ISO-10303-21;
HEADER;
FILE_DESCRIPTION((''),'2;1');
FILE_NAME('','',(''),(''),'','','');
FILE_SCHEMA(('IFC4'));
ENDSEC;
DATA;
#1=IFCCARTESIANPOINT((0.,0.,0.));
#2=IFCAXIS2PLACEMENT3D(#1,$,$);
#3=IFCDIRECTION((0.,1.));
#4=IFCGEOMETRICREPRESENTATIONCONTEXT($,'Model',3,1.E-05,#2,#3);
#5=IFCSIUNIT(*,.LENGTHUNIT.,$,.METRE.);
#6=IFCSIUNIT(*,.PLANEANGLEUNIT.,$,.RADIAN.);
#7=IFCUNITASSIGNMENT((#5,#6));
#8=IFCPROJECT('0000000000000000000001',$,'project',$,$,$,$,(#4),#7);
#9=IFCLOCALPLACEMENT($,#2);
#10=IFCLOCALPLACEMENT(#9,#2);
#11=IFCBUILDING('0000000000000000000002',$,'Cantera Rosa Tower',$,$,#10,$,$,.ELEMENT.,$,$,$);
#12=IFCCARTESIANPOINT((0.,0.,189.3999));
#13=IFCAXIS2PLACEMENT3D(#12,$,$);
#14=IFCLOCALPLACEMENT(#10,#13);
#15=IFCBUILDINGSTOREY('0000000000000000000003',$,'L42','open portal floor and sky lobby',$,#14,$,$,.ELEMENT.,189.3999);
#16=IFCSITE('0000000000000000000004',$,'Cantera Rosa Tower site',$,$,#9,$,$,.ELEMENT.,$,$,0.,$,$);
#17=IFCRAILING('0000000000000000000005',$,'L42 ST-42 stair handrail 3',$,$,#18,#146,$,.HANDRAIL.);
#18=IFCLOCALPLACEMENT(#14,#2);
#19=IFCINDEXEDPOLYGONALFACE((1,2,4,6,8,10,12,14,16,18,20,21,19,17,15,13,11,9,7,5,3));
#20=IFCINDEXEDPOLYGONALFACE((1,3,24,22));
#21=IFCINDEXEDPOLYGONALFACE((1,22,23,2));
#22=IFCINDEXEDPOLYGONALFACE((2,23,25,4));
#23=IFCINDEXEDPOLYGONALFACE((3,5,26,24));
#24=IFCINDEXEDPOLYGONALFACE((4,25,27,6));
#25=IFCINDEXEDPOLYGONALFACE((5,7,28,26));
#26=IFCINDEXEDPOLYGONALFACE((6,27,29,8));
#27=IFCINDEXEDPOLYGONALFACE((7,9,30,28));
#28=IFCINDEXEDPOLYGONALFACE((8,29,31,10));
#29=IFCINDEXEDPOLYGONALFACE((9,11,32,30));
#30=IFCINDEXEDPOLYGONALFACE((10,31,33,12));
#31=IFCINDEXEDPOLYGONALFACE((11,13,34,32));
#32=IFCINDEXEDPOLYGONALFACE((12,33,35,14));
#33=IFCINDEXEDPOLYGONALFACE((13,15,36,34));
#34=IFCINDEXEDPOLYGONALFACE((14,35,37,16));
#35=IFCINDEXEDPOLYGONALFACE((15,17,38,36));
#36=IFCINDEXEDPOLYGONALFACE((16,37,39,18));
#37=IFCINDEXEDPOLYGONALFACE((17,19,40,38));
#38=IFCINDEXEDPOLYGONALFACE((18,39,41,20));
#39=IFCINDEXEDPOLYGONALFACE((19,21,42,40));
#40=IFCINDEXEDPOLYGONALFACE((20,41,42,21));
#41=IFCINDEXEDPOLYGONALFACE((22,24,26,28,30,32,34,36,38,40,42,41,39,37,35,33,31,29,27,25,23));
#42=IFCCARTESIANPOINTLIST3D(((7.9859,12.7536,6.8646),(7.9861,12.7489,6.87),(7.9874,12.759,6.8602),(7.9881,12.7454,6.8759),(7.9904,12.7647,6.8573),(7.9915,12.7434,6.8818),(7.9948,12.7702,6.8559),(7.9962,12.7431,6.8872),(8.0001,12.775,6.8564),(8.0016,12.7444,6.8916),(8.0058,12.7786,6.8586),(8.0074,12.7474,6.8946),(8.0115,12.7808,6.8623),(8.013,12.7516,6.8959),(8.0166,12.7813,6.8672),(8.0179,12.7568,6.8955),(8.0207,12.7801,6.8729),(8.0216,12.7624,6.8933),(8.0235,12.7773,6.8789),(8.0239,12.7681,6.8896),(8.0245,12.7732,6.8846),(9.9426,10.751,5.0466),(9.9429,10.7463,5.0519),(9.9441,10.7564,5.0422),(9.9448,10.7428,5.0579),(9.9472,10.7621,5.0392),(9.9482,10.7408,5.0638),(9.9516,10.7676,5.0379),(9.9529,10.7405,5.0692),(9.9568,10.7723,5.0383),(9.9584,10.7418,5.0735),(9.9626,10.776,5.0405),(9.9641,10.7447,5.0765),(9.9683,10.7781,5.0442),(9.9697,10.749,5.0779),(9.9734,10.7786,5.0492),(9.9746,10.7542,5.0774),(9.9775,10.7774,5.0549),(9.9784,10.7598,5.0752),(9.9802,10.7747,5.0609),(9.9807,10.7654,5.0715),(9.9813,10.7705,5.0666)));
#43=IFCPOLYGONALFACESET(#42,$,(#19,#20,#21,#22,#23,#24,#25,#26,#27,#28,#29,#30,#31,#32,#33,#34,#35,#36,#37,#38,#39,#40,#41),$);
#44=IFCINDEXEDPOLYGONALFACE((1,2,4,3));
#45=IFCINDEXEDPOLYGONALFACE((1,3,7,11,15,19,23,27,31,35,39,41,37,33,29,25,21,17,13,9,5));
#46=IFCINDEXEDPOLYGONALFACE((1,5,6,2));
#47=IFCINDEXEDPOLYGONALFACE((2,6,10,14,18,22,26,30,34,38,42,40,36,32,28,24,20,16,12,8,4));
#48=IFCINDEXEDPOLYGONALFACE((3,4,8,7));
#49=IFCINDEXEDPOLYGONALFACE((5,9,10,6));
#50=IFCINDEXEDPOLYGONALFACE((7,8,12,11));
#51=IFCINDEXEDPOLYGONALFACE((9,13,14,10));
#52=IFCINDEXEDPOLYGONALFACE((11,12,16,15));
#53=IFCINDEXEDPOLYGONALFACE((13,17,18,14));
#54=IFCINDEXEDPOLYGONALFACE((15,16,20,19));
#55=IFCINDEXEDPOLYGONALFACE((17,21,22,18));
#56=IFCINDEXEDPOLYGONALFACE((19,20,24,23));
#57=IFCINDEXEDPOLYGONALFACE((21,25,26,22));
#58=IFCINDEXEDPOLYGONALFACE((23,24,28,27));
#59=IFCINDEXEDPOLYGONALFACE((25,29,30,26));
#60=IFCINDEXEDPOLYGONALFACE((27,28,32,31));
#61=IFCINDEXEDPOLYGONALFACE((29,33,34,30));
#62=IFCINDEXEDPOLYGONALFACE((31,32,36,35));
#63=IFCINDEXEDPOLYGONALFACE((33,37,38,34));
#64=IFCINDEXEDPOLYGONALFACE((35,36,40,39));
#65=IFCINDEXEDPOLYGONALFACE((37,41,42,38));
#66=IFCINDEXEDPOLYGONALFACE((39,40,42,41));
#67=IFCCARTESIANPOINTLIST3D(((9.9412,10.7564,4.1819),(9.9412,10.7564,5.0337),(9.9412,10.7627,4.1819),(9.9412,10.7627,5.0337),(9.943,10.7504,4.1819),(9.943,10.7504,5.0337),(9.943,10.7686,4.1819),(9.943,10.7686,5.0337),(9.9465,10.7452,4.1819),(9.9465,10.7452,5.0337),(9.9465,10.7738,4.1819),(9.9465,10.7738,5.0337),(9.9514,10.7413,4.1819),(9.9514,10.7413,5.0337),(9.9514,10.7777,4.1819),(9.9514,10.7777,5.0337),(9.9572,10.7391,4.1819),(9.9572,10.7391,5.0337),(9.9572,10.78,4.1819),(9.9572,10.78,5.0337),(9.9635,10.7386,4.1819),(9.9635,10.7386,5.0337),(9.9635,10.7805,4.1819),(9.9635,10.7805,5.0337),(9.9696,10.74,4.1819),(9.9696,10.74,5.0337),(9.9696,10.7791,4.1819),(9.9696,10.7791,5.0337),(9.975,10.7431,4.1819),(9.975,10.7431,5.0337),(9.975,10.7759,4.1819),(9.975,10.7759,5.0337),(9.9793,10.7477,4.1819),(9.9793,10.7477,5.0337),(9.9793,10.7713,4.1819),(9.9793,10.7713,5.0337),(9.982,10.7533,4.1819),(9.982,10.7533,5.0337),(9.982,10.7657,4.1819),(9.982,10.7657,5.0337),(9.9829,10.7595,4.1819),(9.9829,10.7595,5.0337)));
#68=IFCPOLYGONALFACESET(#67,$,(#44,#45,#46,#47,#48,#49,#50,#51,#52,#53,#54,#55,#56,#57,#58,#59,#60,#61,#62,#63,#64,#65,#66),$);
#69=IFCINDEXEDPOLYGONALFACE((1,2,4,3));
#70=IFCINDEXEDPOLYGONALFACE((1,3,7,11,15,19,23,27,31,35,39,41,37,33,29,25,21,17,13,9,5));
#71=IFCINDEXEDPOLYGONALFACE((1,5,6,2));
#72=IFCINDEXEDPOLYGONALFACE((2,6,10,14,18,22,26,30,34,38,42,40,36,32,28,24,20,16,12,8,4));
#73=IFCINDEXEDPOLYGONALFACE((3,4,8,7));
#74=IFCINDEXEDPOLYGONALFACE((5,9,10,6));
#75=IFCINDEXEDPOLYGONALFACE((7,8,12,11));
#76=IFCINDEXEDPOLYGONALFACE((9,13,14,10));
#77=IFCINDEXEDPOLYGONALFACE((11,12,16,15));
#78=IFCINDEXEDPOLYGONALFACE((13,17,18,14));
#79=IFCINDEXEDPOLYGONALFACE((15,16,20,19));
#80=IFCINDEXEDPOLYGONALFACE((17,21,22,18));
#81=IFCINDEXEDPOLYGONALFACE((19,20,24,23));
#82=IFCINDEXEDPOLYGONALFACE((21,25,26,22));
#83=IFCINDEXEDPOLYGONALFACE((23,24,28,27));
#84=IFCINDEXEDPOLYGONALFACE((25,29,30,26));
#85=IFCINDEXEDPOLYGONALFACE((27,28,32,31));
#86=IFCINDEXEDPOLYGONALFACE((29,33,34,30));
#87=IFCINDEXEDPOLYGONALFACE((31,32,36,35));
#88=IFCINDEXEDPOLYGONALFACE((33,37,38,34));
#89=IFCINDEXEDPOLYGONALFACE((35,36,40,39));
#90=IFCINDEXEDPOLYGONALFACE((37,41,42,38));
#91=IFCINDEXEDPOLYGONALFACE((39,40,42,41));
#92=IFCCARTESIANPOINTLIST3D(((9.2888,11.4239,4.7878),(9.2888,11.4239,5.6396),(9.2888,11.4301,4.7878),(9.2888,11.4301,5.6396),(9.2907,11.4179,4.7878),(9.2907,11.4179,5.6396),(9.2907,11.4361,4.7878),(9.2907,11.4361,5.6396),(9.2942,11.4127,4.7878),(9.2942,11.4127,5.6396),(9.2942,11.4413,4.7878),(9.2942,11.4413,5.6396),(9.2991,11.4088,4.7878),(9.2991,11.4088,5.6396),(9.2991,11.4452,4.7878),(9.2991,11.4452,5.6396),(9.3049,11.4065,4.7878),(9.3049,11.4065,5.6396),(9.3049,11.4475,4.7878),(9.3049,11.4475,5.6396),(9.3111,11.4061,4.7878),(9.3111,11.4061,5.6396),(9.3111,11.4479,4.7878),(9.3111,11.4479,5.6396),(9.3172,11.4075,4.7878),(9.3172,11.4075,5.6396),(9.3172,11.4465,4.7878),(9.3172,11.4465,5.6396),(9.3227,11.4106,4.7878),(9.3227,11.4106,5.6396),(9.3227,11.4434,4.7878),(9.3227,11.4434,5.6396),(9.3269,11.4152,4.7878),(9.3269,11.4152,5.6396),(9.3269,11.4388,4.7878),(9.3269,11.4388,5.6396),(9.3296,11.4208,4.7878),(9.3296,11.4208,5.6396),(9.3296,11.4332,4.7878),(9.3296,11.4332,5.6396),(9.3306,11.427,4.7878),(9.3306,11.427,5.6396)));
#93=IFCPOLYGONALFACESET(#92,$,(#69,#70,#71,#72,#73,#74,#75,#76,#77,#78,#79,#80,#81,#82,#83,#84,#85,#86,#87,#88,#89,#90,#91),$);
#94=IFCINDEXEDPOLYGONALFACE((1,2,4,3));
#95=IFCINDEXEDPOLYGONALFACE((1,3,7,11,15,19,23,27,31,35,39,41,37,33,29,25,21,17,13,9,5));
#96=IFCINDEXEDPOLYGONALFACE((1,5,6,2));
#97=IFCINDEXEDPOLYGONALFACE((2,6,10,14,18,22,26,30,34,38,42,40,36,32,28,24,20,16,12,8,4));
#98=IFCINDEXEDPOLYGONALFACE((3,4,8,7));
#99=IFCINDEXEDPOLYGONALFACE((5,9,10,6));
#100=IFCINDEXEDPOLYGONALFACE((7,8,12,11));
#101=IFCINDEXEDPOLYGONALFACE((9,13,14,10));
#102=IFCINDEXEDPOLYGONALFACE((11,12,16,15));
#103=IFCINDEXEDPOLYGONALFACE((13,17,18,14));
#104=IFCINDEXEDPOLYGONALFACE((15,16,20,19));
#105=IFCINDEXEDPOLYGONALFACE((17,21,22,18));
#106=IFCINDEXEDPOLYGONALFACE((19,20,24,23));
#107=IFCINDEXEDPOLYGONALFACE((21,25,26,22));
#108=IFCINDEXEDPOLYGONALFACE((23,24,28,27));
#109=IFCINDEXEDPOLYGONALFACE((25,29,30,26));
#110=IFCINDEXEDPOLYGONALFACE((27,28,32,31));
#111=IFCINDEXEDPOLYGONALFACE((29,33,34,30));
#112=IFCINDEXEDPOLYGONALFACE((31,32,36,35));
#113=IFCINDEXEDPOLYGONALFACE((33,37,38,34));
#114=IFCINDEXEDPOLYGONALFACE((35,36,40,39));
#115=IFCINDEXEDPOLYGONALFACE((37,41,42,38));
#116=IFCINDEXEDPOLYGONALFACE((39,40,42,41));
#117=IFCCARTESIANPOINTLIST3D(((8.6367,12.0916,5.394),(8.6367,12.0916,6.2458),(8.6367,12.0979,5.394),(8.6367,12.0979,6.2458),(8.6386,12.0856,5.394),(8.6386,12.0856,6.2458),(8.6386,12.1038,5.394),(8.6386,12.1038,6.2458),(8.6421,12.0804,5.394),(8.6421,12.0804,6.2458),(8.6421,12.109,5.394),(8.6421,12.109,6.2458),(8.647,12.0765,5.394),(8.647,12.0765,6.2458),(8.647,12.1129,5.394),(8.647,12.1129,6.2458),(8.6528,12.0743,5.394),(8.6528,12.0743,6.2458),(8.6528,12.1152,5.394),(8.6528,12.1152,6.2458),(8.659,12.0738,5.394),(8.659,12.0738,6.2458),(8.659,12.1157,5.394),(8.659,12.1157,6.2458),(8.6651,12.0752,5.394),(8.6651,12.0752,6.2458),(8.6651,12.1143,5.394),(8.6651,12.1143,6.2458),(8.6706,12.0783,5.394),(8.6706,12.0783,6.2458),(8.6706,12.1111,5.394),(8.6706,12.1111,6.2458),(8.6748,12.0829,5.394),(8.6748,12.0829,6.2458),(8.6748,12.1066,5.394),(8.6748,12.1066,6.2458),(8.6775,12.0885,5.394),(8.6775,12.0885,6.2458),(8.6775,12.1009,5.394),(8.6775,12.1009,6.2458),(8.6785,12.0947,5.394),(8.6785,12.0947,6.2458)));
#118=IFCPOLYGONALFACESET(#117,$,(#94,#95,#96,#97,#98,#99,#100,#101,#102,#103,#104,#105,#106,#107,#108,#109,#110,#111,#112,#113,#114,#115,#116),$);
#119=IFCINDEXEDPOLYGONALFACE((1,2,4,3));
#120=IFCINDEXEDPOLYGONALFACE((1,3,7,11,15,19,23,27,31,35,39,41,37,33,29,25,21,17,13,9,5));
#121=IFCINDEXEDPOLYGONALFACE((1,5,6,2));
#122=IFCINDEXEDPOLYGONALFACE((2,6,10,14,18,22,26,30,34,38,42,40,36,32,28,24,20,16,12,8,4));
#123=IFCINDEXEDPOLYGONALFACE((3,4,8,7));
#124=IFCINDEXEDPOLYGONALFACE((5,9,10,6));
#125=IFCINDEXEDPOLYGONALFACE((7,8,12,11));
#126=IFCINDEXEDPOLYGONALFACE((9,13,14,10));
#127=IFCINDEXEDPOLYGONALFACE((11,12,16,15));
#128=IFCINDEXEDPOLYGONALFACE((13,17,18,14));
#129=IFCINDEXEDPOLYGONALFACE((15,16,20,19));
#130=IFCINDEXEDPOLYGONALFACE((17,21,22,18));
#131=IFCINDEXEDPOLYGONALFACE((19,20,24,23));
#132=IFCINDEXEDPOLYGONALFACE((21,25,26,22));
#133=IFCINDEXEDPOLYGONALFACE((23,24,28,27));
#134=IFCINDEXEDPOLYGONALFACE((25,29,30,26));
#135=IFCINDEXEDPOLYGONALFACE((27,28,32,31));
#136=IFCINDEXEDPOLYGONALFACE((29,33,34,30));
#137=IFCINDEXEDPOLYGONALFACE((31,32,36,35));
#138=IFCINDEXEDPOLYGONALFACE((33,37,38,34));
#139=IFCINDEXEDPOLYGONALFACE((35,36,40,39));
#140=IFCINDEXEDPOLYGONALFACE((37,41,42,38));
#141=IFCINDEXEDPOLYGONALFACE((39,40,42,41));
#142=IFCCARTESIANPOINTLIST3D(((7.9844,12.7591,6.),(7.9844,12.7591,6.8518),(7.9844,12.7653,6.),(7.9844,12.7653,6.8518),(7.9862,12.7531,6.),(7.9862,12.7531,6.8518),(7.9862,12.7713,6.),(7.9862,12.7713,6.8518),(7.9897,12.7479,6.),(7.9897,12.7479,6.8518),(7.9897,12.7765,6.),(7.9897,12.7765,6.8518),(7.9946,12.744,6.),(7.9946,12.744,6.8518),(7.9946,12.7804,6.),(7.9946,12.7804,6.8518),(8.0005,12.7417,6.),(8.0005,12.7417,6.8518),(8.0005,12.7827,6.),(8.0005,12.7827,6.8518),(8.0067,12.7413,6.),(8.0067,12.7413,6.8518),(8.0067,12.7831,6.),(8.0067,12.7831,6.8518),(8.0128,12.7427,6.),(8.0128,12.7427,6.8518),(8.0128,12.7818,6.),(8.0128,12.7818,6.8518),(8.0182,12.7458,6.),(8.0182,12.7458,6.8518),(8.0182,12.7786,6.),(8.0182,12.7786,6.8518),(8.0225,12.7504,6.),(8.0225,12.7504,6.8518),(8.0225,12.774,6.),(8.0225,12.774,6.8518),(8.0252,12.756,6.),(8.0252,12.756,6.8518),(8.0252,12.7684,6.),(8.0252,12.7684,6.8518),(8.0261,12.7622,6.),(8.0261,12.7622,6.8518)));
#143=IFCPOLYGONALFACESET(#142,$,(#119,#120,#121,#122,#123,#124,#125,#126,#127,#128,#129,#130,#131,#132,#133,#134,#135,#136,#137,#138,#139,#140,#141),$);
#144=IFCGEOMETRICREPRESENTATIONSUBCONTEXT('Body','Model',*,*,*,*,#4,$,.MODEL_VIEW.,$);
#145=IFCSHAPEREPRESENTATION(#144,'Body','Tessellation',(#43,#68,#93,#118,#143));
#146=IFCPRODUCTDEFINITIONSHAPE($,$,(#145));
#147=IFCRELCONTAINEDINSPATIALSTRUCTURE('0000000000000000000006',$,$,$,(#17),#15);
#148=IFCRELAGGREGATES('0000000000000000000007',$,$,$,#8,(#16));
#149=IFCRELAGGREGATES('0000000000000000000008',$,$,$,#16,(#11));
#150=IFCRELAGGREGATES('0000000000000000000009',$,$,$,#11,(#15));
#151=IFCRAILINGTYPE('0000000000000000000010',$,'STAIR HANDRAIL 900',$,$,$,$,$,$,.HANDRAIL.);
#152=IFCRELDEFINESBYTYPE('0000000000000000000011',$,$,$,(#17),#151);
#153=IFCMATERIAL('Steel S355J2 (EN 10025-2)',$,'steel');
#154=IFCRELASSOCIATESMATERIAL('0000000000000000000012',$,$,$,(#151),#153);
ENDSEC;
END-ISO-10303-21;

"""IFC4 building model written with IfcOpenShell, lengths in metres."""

from ifc_helpers import new_model, si_unit, direction, frame, origin, origin_2d, place, context, subcontext, project, spatial, circle, extrude, material, type_object, element, save


model = new_model("IFC4")

# Units and contexts
model_context = context("Model", 3, precision=1e-05, world=origin(), true_north=direction((0.0, 1.0)))
body_context = subcontext(model_context, "Body", "Model", "MODEL_VIEW")
ifc_project = project(units=[si_unit("LENGTHUNIT", "METRE"), si_unit("PLANEANGLEUNIT", "RADIAN")], contexts=[model_context])

# Site, building, storey
site_placement = place(None, origin())
site = spatial("IfcSite", under=ifc_project, at=site_placement, Name="Cantera Rosa Tower site", CompositionType="ELEMENT", RefElevation=0.0)
building_placement = place(site_placement, origin())
building = spatial("IfcBuilding", under=site, at=building_placement, Name="Cantera Rosa Tower", CompositionType="ELEMENT")
storey_placement = place(building_placement, frame((0.0, 0.0, 189.3999)))
storey = spatial("IfcBuildingStorey", under=building, at=storey_placement, Name="L42", Description="open portal floor and sky lobby", CompositionType="ELEMENT", Elevation=189.3999)

# Railing
ifc_material_1 = material(Name="Steel S355J2 (EN 10025-2)", Category="steel")
railing_type_1 = type_object("IfcRailingType", Name="STAIR HANDRAIL 900", PredefinedType="HANDRAIL", material=ifc_material_1)
for number, where, name in (
    (1, (9.9619, 10.7595, 4.1819), "L42 ST-42 stair handrail 3"),
):
    element("IfcRailing", number, at=place(storey_placement, frame(where)), inside=storey, type_object=railing_type_1, Name=name, PredefinedType="HANDRAIL", context=body_context, shape_type="SweptSolid", body=[
        extrude(circle(Radius=0.0239, at=origin_2d()), frame((0.0, 0.0, 0.876), z_axis=(-0.586135, 0.599883, 0.544597), x_axis=(-0.715256, -0.698863, 0.0)), (0.0, 0.0, 1.0), 3.3384),
        extrude(circle(Radius=0.021, at=origin_2d()), origin(), (0.0, 0.0, 1.0), 0.8518),
        extrude(circle(Radius=0.021, at=origin_2d()), frame((-0.6523, 0.6675, 0.606)), (0.0, 0.0, 1.0), 0.8518),
        extrude(circle(Radius=0.021, at=origin_2d()), frame((-1.3044, 1.3352, 1.2122)), (0.0, 0.0, 1.0), 0.8518),
        extrude(circle(Radius=0.021, at=origin_2d()), frame((-1.9568, 2.0027, 1.8181)), (0.0, 0.0, 1.0), 0.8518),
    ])

save(model, "model.ifc")
